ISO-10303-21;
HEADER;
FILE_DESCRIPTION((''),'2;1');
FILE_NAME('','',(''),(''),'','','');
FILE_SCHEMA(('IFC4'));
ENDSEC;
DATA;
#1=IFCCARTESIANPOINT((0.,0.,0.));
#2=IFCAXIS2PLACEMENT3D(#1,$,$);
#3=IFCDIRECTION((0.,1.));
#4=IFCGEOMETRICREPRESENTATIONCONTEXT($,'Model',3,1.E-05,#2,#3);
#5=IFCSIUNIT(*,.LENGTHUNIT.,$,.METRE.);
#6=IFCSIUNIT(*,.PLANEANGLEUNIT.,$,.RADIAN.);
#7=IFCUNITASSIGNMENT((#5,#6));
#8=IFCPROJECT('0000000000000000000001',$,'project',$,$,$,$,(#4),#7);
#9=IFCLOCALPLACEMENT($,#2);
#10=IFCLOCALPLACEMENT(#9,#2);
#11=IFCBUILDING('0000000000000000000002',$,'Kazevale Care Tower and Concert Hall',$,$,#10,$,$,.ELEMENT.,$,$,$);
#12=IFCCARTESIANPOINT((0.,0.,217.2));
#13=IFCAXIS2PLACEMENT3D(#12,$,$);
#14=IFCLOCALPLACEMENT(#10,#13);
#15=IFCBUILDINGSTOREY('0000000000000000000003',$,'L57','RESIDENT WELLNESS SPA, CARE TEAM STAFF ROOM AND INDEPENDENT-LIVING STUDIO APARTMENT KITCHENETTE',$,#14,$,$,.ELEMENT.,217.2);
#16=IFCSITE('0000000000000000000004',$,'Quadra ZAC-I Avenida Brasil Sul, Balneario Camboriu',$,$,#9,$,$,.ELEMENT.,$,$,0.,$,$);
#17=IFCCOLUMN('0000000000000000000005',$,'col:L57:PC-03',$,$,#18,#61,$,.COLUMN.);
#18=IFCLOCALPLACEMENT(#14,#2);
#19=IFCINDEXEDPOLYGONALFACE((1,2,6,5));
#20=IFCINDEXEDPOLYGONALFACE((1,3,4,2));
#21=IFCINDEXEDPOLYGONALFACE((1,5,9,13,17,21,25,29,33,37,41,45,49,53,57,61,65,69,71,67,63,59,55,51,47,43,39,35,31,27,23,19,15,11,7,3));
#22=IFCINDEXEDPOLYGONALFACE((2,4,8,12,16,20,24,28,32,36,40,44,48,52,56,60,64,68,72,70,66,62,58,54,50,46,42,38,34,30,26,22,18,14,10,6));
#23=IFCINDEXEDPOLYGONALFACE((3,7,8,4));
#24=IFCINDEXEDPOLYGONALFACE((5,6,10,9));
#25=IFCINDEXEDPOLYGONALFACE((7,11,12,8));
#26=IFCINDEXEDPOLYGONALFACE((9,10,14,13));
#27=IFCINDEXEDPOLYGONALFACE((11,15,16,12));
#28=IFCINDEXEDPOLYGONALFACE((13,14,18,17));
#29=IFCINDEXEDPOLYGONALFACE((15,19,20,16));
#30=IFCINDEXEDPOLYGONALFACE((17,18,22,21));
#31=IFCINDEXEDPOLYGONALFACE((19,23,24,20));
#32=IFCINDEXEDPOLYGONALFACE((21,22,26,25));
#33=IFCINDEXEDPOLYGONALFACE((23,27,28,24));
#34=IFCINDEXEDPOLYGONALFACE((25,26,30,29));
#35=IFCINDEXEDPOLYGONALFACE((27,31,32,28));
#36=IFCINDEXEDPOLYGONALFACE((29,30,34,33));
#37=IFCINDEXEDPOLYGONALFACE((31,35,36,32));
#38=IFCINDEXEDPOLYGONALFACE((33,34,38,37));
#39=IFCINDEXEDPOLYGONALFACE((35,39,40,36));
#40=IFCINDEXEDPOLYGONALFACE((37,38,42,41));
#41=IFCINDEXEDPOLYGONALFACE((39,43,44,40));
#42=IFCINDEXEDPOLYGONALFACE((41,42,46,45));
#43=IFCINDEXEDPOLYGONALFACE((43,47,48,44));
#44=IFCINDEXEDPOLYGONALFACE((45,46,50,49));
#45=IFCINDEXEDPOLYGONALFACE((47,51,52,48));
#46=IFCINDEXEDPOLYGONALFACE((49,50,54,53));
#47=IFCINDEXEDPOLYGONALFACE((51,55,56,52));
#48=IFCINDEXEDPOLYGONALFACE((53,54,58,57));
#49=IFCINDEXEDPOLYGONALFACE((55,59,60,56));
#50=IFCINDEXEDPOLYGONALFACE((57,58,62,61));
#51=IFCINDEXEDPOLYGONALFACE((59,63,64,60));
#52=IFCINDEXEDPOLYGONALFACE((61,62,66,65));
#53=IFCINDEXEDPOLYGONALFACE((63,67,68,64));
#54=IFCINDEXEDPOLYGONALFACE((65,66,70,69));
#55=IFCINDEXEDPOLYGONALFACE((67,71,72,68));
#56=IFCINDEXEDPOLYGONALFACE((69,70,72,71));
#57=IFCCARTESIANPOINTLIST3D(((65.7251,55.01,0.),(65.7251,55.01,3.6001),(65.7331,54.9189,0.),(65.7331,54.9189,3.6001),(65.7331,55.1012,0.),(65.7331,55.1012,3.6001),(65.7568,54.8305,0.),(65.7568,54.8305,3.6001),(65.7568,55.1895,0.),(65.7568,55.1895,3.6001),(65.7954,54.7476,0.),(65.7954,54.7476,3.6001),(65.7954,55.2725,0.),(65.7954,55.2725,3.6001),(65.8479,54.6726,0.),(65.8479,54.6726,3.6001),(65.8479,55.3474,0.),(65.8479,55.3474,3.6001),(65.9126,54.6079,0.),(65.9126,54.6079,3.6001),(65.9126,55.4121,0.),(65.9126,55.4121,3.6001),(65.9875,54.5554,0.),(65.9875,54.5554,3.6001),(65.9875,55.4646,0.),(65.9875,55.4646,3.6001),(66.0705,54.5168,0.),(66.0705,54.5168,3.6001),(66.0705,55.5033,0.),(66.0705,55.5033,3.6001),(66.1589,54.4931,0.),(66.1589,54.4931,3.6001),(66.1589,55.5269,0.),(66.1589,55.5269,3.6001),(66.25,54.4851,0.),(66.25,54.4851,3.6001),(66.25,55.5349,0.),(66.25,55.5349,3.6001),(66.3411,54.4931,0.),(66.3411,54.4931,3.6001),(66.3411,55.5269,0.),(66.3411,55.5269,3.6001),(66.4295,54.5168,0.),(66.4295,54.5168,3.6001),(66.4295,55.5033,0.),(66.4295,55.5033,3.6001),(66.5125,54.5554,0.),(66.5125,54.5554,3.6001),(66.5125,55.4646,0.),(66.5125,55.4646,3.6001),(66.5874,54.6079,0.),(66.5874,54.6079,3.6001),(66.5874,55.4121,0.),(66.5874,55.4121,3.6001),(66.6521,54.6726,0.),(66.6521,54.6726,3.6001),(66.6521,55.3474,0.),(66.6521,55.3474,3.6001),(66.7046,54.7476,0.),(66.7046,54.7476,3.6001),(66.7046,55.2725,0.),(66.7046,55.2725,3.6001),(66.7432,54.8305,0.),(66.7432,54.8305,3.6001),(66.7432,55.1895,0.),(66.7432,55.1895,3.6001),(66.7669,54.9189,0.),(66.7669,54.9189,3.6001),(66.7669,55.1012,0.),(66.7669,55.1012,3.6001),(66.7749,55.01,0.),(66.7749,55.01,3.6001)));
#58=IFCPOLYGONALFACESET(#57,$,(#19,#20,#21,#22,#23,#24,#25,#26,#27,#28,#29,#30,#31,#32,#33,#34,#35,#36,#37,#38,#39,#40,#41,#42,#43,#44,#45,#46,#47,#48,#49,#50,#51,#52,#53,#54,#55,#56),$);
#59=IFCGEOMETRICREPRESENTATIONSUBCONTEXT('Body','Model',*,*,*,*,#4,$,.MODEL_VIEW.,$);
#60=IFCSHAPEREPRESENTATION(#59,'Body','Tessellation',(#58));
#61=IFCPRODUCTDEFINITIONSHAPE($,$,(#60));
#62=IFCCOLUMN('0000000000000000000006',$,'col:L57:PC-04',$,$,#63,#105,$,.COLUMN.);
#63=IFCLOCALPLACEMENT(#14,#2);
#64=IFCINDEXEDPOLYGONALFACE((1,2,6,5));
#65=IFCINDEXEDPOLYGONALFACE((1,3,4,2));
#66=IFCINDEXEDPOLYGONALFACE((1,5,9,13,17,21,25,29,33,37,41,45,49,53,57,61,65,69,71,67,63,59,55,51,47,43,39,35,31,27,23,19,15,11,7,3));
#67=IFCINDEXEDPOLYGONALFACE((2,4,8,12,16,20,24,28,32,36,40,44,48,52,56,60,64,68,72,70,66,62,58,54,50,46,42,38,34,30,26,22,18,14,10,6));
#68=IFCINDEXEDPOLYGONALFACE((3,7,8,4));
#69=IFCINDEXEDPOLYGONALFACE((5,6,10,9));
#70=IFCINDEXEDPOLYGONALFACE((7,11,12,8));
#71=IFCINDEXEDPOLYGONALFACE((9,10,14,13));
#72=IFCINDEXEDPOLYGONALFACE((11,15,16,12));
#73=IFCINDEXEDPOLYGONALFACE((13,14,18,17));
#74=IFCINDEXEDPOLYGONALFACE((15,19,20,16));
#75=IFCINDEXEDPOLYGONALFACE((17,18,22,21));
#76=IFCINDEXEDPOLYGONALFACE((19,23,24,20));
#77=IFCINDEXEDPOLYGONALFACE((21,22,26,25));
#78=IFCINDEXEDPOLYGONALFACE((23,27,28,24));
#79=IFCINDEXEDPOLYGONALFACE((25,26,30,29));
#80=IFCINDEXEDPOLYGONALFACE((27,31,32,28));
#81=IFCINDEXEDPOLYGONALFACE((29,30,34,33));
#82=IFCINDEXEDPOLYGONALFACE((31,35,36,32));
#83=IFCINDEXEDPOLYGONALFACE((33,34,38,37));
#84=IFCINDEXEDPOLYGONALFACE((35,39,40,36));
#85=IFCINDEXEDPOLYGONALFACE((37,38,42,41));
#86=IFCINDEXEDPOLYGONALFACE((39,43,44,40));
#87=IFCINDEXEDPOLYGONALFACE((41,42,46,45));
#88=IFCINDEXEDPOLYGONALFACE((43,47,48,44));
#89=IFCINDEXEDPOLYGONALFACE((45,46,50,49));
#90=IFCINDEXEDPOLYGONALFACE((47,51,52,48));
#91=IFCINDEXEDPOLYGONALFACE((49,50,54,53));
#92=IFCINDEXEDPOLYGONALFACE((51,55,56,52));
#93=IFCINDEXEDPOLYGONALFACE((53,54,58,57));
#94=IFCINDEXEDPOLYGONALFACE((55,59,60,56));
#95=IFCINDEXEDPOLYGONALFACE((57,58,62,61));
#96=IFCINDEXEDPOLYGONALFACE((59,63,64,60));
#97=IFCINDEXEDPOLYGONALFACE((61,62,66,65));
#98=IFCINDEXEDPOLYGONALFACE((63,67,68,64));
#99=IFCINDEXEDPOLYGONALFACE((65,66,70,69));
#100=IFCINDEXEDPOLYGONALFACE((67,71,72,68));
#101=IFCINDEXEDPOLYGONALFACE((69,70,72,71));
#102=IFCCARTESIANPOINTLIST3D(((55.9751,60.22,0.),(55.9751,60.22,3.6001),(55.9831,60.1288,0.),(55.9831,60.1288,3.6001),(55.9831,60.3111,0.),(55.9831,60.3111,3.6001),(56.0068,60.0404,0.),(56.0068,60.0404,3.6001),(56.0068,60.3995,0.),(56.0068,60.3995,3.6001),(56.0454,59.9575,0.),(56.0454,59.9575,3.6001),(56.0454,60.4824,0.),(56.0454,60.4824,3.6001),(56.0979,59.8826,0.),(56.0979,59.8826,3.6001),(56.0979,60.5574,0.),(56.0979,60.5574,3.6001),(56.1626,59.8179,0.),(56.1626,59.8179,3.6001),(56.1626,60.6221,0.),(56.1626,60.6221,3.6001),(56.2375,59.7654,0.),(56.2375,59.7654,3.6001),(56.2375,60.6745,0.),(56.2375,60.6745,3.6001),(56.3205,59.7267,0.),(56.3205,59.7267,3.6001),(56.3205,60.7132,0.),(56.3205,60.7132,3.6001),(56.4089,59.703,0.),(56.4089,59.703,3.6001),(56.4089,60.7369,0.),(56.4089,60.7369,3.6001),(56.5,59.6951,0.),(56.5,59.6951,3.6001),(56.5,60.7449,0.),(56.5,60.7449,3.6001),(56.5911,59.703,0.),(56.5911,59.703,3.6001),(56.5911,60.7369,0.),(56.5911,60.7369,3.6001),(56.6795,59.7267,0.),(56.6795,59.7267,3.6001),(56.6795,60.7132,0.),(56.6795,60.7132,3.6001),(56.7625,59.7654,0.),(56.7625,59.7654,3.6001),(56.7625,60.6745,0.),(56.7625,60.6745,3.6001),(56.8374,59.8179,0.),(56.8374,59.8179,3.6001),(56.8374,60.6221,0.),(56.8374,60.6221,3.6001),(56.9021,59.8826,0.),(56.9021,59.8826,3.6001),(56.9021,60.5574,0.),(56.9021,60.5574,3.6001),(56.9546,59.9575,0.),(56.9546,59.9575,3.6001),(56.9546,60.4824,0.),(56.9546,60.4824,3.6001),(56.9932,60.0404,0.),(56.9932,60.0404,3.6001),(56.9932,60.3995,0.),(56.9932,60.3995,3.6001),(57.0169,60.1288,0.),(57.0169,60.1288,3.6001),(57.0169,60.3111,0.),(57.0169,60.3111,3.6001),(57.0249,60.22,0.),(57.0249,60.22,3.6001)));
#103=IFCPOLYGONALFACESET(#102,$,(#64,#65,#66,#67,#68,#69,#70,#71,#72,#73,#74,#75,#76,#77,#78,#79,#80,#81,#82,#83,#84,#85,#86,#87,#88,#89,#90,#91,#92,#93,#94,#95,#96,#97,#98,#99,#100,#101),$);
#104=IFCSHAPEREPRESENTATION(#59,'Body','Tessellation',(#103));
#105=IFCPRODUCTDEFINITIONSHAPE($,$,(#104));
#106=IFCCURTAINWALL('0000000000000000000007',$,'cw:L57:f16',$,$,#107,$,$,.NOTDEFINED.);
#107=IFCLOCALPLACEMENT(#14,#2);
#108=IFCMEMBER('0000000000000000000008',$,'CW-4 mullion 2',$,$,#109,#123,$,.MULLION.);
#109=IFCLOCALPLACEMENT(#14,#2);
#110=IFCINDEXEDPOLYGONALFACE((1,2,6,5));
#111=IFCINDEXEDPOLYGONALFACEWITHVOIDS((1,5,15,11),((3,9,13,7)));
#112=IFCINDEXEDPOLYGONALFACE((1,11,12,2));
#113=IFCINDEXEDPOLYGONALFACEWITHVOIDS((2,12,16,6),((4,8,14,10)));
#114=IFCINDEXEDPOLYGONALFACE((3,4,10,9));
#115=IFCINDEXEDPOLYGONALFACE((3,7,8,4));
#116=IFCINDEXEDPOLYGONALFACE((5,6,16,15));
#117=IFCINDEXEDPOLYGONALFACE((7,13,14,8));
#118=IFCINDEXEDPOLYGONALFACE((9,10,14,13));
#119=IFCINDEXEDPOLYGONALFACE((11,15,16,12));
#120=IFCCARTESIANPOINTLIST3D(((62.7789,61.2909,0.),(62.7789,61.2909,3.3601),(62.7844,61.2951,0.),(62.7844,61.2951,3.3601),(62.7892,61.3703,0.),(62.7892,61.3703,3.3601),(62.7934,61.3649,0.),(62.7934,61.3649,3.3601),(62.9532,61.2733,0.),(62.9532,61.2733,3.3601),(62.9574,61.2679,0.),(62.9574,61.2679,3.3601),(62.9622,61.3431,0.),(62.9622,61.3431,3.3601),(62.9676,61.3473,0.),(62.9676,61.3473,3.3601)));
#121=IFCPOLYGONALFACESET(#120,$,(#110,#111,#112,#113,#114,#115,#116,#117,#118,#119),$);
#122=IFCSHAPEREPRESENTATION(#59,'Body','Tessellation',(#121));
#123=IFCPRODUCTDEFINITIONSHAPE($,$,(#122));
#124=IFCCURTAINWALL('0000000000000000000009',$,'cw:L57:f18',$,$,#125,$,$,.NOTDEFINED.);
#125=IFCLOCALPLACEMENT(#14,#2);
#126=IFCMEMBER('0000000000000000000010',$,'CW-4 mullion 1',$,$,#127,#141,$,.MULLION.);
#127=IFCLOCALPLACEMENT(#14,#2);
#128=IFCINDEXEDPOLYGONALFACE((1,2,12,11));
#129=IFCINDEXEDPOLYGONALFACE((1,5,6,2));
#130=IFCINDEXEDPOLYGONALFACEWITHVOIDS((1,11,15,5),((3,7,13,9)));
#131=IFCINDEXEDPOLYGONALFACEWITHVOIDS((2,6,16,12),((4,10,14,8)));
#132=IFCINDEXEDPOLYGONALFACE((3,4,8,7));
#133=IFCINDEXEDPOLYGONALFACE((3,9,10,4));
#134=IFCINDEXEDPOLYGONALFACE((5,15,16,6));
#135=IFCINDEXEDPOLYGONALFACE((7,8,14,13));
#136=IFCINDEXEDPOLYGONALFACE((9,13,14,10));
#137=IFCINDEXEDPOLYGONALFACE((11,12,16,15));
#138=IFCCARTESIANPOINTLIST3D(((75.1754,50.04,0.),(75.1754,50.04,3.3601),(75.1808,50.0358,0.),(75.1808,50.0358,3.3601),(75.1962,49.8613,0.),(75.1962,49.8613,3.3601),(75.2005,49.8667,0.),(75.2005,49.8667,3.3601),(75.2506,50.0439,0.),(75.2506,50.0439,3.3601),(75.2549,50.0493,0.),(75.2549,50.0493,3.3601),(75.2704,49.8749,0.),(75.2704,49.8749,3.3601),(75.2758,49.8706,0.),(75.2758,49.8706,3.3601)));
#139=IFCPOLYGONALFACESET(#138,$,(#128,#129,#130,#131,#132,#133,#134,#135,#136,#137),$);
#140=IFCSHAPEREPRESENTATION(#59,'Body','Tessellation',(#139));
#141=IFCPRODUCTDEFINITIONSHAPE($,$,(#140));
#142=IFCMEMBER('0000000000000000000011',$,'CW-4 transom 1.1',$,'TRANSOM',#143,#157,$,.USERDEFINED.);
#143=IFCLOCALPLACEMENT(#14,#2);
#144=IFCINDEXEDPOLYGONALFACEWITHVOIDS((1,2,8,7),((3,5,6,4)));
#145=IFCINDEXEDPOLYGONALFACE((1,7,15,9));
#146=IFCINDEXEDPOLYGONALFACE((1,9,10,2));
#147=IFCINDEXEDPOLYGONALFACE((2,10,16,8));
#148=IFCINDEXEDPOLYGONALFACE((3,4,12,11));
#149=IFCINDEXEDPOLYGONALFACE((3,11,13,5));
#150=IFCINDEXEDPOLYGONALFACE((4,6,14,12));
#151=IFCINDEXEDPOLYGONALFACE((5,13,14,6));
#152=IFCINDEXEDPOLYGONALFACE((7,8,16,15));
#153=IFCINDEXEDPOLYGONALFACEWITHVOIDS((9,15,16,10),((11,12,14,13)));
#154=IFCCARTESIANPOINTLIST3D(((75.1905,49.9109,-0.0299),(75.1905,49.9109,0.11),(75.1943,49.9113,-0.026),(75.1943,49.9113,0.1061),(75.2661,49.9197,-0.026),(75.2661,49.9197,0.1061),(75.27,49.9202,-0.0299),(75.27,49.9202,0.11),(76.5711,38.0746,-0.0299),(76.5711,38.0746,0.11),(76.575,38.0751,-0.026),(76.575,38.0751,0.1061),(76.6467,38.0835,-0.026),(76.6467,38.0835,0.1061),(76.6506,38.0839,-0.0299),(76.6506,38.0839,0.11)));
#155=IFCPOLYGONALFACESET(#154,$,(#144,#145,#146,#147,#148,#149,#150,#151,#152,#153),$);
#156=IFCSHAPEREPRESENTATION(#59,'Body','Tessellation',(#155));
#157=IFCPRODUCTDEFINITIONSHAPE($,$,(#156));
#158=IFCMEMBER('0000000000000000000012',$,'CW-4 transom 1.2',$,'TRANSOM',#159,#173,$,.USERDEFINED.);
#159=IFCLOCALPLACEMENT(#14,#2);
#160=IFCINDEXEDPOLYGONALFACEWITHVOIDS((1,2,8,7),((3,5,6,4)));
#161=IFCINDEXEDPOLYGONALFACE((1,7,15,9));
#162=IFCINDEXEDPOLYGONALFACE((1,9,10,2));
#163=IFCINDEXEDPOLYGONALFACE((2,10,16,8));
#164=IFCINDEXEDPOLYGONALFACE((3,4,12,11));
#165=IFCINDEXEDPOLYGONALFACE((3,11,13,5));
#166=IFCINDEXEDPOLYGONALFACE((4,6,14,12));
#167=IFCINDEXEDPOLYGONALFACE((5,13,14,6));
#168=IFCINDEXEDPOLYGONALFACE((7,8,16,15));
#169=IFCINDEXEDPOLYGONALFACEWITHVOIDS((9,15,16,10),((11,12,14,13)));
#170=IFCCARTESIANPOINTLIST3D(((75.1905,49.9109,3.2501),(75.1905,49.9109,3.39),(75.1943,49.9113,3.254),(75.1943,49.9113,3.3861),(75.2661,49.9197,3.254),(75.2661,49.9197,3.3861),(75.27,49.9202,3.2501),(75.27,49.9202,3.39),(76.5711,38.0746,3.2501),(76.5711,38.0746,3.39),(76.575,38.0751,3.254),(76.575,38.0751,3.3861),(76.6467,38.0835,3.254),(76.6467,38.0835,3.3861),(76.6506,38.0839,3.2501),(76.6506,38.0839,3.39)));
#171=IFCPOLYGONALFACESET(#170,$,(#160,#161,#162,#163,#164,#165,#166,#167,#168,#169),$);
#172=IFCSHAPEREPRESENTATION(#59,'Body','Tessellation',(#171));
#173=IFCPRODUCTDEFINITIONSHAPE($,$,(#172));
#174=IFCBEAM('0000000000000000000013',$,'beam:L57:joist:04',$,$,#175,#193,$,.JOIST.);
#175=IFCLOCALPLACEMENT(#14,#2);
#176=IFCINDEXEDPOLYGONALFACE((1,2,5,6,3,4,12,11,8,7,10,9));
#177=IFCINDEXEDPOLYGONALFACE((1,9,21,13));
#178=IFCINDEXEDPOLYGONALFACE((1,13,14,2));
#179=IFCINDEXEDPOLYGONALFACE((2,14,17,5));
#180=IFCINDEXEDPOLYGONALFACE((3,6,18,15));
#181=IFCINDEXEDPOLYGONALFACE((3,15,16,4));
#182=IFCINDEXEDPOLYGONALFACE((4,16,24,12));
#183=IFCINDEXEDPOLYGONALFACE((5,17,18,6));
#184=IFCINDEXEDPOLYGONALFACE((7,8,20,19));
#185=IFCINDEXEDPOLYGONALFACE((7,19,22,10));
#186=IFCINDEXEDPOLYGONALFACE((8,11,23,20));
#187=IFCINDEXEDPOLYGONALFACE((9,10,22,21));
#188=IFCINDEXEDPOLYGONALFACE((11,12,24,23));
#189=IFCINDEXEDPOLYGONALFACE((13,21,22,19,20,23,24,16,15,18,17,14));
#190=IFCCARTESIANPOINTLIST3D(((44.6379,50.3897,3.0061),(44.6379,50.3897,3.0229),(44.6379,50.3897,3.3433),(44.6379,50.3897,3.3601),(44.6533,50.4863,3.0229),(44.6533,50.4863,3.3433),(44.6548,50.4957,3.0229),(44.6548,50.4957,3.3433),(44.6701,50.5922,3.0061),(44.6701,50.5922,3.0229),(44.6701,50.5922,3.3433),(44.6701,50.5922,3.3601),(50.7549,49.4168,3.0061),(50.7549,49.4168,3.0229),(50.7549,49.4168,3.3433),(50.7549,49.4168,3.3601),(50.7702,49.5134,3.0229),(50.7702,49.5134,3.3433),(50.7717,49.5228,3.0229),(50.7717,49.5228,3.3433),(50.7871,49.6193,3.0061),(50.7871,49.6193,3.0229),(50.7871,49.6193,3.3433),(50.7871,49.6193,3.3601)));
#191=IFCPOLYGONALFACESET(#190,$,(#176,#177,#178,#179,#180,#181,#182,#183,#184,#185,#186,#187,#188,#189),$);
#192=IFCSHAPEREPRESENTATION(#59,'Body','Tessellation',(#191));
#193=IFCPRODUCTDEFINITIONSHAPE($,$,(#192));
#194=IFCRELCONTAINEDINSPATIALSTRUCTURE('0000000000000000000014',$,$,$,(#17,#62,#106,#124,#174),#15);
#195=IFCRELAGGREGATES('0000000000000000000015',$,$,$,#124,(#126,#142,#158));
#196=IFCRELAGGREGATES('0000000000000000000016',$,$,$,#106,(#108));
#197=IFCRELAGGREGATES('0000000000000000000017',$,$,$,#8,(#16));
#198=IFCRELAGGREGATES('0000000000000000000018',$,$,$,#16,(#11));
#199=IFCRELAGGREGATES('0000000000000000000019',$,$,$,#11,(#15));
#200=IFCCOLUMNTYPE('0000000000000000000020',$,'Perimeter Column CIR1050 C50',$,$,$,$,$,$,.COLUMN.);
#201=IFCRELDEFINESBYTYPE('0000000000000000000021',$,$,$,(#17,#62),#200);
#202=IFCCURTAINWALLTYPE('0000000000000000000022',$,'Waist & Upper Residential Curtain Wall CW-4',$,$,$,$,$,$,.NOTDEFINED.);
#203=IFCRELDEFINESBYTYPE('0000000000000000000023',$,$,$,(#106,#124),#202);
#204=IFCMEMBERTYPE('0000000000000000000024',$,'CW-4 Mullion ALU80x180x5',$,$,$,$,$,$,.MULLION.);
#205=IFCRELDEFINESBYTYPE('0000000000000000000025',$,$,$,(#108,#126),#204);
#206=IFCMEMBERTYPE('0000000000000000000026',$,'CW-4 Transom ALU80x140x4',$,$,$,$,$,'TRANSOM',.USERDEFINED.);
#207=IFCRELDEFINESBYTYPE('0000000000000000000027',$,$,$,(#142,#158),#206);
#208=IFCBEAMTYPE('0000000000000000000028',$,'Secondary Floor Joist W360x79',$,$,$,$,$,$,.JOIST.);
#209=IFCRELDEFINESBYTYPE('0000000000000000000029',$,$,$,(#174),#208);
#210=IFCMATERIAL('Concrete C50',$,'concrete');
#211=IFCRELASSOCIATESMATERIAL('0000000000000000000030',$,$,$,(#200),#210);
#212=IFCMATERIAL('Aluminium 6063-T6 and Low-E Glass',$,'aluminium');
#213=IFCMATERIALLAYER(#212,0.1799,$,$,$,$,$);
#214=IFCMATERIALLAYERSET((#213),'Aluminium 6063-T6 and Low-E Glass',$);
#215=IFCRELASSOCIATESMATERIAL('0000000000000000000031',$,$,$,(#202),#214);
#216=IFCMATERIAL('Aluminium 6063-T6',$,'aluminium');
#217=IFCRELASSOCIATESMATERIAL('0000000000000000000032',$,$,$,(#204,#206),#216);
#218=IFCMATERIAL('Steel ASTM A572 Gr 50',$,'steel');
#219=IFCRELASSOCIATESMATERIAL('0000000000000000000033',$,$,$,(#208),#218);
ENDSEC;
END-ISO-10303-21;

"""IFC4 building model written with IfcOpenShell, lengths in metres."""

from ifc_helpers import new_model, si_unit, direction, frame, origin, origin_2d, place, context, subcontext, project, spatial, hollow_rectangle, circle, i_section, extrude, material, layer, layer_set, material_profile, profile_set, type_object, element, aggregate, save


model = new_model("IFC4")

# Units and contexts
model_context = context("Model", 3, precision=1e-05, world=origin(), true_north=direction((0.0, 1.0)))
body_context = subcontext(model_context, "Body", "Model", "MODEL_VIEW")
ifc_project = project(units=[si_unit("LENGTHUNIT", "METRE"), si_unit("PLANEANGLEUNIT", "RADIAN")], contexts=[model_context])

# Site, building, storey
site_placement = place(None, origin())
site = spatial("IfcSite", under=ifc_project, at=site_placement, Name="Quadra ZAC-I Avenida Brasil Sul, Balneario Camboriu", CompositionType="ELEMENT", RefElevation=0.0)
building_placement = place(site_placement, origin())
building = spatial("IfcBuilding", under=site, at=building_placement, Name="Kazevale Care Tower and Concert Hall", CompositionType="ELEMENT")
storey_placement = place(building_placement, frame((0.0, 0.0, 217.2)))
storey = spatial("IfcBuildingStorey", under=building, at=storey_placement, Name="L57", Description="RESIDENT WELLNESS SPA, CARE TEAM STAFF ROOM AND INDEPENDENT-LIVING STUDIO APARTMENT KITCHENETTE", CompositionType="ELEMENT", Elevation=217.2)

# Columns
ifc_material_1 = material(Name="Concrete C50", Category="concrete")
ifc_material_profile_1 = material_profile(ifc_material_1, circle(Radius=0.5249, at=origin_2d()), Name="RC-CIR1050")
ifc_profile_set_1 = profile_set([ifc_material_profile_1], Name="Concrete C50")
column_type = type_object("IfcColumnType", Name="Perimeter Column CIR1050 C50", PredefinedType="COLUMN", material=ifc_profile_set_1)
for number, where, z_axis, x_axis, name in (
    (1, (66.25, 55.01, 0.0), (0.0, 0.0, 1.0), (1.0, 0.0, 0.0), "col:L57:PC-03"),
    (2, (56.5, 60.22, 0.0), (0.0, 0.0, 1.0), (1.0, 0.0, 0.0), "col:L57:PC-04"),
):
    element("IfcColumn", number, at=place(storey_placement, frame(where, z_axis=z_axis, x_axis=x_axis)), inside=storey, type_object=column_type, Name=name, PredefinedType="COLUMN", context=body_context, shape_type="SweptSolid", body=[
        extrude(circle(Radius=0.5249, at=origin_2d()), origin(), (0.0, 0.0, 1.0), 3.6001),
    ])

# Curtain wall, member
ifc_material_2 = material(Name="Aluminium 6063-T6 and Low-E Glass", Category="aluminium")
ifc_layer_1 = layer(ifc_material_2, 0.1799)
ifc_layer_set_1 = layer_set([ifc_layer_1], Name="Aluminium 6063-T6 and Low-E Glass")
curtain_wall_type = type_object("IfcCurtainWallType", Name="Waist & Upper Residential Curtain Wall CW-4", PredefinedType="NOTDEFINED", material=ifc_layer_set_1)
curtain_wall_1_placement = place(storey_placement, origin())
curtain_wall_1 = element("IfcCurtainWall", 3, at=curtain_wall_1_placement, inside=storey, type_object=curtain_wall_type, Name="cw:L57:f16", PredefinedType="NOTDEFINED")
ifc_material_3 = material(Name="Aluminium 6063-T6", Category="aluminium")
ifc_material_profile_2 = material_profile(ifc_material_3, hollow_rectangle(XDim=0.0801, YDim=0.1799, WallThickness=0.0049, at=origin_2d()), Name="ALU80x180x5")
ifc_profile_set_2 = profile_set([ifc_material_profile_2], Name="Aluminium 6063-T6")
member_type_1 = type_object("IfcMemberType", Name="CW-4 Mullion ALU80x180x5", PredefinedType="MULLION", material=ifc_profile_set_2)
member_1_placement = place(storey_placement, frame((62.8733, 61.3191, 0.0), z_axis=(0.0, 0.0, 1.0), x_axis=(0.128098, 0.991761, 0.0)))
member_1 = element("IfcMember", 4, at=member_1_placement, type_object=member_type_1, Name="CW-4 mullion 2", PredefinedType="MULLION", context=body_context, shape_type="SweptSolid", body=[
    extrude(hollow_rectangle(XDim=0.0801, YDim=0.1799, WallThickness=0.0049, at=origin_2d()), origin(), (0.0, 0.0, 1.0), 3.3601),
])

# Curtain wall, members
curtain_wall_2_placement = place(storey_placement, origin())
curtain_wall_2 = element("IfcCurtainWall", 5, at=curtain_wall_2_placement, inside=storey, type_object=curtain_wall_type, Name="cw:L57:f18", PredefinedType="NOTDEFINED")
member_2_placement = place(storey_placement, frame((75.2256, 49.9553, 0.0), z_axis=(0.0, 0.0, 1.0), x_axis=(0.993267, 0.115847, 0.0)))
member_2 = element("IfcMember", 6, at=member_2_placement, type_object=member_type_1, Name="CW-4 mullion 1", PredefinedType="MULLION", context=body_context, shape_type="SweptSolid", body=[
    extrude(hollow_rectangle(XDim=0.0801, YDim=0.1799, WallThickness=0.0049, at=origin_2d()), origin(), (0.0, 0.0, 1.0), 3.3601),
])
ifc_material_profile_3 = material_profile(ifc_material_3, hollow_rectangle(XDim=0.0801, YDim=0.1399, WallThickness=0.0039, at=origin_2d()), Name="ALU80x140x4")
ifc_profile_set_3 = profile_set([ifc_material_profile_3], Name="Aluminium 6063-T6")
member_type_2 = type_object("IfcMemberType", Name="CW-4 Transom ALU80x140x4", ElementType="TRANSOM", PredefinedType="USERDEFINED", material=ifc_profile_set_3)
member_3_placement = place(storey_placement, frame((75.2302, 49.9155, 0.04), z_axis=(0.115858, -0.993266, 0.0), x_axis=(0.993266, 0.115858, 0.0)))
member_3 = element("IfcMember", 7, at=member_3_placement, type_object=member_type_2, Name="CW-4 transom 1.1", ObjectType="TRANSOM", PredefinedType="USERDEFINED", context=body_context, shape_type="SweptSolid", body=[
    extrude(hollow_rectangle(XDim=0.0801, YDim=0.1399, WallThickness=0.0039, at=origin_2d()), origin(), (0.0, 0.0, 1.0), 11.9165),
])
member_4_placement = place(storey_placement, frame((75.2302, 49.9155, 3.3201), z_axis=(0.115858, -0.993266, 0.0), x_axis=(0.993266, 0.115858, 0.0)))
member_4 = element("IfcMember", 8, at=member_4_placement, type_object=member_type_2, Name="CW-4 transom 1.2", ObjectType="TRANSOM", PredefinedType="USERDEFINED", context=body_context, shape_type="SweptSolid", body=[
    extrude(hollow_rectangle(XDim=0.0801, YDim=0.1399, WallThickness=0.0039, at=origin_2d()), origin(), (0.0, 0.0, 1.0), 11.9165),
])
aggregate(curtain_wall_2, [member_2, member_3, member_4])

# Beam
ifc_material_4 = material(Name="Steel ASTM A572 Gr 50", Category="steel")
ifc_material_profile_4 = material_profile(ifc_material_4, i_section(OverallWidth=0.2051, OverallDepth=0.354, WebThickness=0.0095, FlangeThickness=0.0168, at=origin_2d()), Name="W360x79")
ifc_profile_set_4 = profile_set([ifc_material_profile_4], Name="Steel ASTM A572 Gr 50")
beam_type_1 = type_object("IfcBeamType", Name="Secondary Floor Joist W360x79", PredefinedType="JOIST", material=ifc_profile_set_4)
beam_1_placement = place(storey_placement, frame((50.771, 49.5181, 3.1831), z_axis=(-0.987587, 0.157076, 0.0), x_axis=(-0.157076, -0.987587, 0.0)))
element("IfcBeam", 9, at=beam_1_placement, inside=storey, type_object=beam_type_1, Name="beam:L57:joist:04", PredefinedType="JOIST", context=body_context, shape_type="SweptSolid", body=[
    extrude(i_section(OverallWidth=0.2051, OverallDepth=0.354, WebThickness=0.0095, FlangeThickness=0.0168, at=origin_2d()), origin(), (0.0, 0.0, 1.0), 6.1938),
])

aggregate(curtain_wall_1, [member_1])

save(model, "model.ifc")
